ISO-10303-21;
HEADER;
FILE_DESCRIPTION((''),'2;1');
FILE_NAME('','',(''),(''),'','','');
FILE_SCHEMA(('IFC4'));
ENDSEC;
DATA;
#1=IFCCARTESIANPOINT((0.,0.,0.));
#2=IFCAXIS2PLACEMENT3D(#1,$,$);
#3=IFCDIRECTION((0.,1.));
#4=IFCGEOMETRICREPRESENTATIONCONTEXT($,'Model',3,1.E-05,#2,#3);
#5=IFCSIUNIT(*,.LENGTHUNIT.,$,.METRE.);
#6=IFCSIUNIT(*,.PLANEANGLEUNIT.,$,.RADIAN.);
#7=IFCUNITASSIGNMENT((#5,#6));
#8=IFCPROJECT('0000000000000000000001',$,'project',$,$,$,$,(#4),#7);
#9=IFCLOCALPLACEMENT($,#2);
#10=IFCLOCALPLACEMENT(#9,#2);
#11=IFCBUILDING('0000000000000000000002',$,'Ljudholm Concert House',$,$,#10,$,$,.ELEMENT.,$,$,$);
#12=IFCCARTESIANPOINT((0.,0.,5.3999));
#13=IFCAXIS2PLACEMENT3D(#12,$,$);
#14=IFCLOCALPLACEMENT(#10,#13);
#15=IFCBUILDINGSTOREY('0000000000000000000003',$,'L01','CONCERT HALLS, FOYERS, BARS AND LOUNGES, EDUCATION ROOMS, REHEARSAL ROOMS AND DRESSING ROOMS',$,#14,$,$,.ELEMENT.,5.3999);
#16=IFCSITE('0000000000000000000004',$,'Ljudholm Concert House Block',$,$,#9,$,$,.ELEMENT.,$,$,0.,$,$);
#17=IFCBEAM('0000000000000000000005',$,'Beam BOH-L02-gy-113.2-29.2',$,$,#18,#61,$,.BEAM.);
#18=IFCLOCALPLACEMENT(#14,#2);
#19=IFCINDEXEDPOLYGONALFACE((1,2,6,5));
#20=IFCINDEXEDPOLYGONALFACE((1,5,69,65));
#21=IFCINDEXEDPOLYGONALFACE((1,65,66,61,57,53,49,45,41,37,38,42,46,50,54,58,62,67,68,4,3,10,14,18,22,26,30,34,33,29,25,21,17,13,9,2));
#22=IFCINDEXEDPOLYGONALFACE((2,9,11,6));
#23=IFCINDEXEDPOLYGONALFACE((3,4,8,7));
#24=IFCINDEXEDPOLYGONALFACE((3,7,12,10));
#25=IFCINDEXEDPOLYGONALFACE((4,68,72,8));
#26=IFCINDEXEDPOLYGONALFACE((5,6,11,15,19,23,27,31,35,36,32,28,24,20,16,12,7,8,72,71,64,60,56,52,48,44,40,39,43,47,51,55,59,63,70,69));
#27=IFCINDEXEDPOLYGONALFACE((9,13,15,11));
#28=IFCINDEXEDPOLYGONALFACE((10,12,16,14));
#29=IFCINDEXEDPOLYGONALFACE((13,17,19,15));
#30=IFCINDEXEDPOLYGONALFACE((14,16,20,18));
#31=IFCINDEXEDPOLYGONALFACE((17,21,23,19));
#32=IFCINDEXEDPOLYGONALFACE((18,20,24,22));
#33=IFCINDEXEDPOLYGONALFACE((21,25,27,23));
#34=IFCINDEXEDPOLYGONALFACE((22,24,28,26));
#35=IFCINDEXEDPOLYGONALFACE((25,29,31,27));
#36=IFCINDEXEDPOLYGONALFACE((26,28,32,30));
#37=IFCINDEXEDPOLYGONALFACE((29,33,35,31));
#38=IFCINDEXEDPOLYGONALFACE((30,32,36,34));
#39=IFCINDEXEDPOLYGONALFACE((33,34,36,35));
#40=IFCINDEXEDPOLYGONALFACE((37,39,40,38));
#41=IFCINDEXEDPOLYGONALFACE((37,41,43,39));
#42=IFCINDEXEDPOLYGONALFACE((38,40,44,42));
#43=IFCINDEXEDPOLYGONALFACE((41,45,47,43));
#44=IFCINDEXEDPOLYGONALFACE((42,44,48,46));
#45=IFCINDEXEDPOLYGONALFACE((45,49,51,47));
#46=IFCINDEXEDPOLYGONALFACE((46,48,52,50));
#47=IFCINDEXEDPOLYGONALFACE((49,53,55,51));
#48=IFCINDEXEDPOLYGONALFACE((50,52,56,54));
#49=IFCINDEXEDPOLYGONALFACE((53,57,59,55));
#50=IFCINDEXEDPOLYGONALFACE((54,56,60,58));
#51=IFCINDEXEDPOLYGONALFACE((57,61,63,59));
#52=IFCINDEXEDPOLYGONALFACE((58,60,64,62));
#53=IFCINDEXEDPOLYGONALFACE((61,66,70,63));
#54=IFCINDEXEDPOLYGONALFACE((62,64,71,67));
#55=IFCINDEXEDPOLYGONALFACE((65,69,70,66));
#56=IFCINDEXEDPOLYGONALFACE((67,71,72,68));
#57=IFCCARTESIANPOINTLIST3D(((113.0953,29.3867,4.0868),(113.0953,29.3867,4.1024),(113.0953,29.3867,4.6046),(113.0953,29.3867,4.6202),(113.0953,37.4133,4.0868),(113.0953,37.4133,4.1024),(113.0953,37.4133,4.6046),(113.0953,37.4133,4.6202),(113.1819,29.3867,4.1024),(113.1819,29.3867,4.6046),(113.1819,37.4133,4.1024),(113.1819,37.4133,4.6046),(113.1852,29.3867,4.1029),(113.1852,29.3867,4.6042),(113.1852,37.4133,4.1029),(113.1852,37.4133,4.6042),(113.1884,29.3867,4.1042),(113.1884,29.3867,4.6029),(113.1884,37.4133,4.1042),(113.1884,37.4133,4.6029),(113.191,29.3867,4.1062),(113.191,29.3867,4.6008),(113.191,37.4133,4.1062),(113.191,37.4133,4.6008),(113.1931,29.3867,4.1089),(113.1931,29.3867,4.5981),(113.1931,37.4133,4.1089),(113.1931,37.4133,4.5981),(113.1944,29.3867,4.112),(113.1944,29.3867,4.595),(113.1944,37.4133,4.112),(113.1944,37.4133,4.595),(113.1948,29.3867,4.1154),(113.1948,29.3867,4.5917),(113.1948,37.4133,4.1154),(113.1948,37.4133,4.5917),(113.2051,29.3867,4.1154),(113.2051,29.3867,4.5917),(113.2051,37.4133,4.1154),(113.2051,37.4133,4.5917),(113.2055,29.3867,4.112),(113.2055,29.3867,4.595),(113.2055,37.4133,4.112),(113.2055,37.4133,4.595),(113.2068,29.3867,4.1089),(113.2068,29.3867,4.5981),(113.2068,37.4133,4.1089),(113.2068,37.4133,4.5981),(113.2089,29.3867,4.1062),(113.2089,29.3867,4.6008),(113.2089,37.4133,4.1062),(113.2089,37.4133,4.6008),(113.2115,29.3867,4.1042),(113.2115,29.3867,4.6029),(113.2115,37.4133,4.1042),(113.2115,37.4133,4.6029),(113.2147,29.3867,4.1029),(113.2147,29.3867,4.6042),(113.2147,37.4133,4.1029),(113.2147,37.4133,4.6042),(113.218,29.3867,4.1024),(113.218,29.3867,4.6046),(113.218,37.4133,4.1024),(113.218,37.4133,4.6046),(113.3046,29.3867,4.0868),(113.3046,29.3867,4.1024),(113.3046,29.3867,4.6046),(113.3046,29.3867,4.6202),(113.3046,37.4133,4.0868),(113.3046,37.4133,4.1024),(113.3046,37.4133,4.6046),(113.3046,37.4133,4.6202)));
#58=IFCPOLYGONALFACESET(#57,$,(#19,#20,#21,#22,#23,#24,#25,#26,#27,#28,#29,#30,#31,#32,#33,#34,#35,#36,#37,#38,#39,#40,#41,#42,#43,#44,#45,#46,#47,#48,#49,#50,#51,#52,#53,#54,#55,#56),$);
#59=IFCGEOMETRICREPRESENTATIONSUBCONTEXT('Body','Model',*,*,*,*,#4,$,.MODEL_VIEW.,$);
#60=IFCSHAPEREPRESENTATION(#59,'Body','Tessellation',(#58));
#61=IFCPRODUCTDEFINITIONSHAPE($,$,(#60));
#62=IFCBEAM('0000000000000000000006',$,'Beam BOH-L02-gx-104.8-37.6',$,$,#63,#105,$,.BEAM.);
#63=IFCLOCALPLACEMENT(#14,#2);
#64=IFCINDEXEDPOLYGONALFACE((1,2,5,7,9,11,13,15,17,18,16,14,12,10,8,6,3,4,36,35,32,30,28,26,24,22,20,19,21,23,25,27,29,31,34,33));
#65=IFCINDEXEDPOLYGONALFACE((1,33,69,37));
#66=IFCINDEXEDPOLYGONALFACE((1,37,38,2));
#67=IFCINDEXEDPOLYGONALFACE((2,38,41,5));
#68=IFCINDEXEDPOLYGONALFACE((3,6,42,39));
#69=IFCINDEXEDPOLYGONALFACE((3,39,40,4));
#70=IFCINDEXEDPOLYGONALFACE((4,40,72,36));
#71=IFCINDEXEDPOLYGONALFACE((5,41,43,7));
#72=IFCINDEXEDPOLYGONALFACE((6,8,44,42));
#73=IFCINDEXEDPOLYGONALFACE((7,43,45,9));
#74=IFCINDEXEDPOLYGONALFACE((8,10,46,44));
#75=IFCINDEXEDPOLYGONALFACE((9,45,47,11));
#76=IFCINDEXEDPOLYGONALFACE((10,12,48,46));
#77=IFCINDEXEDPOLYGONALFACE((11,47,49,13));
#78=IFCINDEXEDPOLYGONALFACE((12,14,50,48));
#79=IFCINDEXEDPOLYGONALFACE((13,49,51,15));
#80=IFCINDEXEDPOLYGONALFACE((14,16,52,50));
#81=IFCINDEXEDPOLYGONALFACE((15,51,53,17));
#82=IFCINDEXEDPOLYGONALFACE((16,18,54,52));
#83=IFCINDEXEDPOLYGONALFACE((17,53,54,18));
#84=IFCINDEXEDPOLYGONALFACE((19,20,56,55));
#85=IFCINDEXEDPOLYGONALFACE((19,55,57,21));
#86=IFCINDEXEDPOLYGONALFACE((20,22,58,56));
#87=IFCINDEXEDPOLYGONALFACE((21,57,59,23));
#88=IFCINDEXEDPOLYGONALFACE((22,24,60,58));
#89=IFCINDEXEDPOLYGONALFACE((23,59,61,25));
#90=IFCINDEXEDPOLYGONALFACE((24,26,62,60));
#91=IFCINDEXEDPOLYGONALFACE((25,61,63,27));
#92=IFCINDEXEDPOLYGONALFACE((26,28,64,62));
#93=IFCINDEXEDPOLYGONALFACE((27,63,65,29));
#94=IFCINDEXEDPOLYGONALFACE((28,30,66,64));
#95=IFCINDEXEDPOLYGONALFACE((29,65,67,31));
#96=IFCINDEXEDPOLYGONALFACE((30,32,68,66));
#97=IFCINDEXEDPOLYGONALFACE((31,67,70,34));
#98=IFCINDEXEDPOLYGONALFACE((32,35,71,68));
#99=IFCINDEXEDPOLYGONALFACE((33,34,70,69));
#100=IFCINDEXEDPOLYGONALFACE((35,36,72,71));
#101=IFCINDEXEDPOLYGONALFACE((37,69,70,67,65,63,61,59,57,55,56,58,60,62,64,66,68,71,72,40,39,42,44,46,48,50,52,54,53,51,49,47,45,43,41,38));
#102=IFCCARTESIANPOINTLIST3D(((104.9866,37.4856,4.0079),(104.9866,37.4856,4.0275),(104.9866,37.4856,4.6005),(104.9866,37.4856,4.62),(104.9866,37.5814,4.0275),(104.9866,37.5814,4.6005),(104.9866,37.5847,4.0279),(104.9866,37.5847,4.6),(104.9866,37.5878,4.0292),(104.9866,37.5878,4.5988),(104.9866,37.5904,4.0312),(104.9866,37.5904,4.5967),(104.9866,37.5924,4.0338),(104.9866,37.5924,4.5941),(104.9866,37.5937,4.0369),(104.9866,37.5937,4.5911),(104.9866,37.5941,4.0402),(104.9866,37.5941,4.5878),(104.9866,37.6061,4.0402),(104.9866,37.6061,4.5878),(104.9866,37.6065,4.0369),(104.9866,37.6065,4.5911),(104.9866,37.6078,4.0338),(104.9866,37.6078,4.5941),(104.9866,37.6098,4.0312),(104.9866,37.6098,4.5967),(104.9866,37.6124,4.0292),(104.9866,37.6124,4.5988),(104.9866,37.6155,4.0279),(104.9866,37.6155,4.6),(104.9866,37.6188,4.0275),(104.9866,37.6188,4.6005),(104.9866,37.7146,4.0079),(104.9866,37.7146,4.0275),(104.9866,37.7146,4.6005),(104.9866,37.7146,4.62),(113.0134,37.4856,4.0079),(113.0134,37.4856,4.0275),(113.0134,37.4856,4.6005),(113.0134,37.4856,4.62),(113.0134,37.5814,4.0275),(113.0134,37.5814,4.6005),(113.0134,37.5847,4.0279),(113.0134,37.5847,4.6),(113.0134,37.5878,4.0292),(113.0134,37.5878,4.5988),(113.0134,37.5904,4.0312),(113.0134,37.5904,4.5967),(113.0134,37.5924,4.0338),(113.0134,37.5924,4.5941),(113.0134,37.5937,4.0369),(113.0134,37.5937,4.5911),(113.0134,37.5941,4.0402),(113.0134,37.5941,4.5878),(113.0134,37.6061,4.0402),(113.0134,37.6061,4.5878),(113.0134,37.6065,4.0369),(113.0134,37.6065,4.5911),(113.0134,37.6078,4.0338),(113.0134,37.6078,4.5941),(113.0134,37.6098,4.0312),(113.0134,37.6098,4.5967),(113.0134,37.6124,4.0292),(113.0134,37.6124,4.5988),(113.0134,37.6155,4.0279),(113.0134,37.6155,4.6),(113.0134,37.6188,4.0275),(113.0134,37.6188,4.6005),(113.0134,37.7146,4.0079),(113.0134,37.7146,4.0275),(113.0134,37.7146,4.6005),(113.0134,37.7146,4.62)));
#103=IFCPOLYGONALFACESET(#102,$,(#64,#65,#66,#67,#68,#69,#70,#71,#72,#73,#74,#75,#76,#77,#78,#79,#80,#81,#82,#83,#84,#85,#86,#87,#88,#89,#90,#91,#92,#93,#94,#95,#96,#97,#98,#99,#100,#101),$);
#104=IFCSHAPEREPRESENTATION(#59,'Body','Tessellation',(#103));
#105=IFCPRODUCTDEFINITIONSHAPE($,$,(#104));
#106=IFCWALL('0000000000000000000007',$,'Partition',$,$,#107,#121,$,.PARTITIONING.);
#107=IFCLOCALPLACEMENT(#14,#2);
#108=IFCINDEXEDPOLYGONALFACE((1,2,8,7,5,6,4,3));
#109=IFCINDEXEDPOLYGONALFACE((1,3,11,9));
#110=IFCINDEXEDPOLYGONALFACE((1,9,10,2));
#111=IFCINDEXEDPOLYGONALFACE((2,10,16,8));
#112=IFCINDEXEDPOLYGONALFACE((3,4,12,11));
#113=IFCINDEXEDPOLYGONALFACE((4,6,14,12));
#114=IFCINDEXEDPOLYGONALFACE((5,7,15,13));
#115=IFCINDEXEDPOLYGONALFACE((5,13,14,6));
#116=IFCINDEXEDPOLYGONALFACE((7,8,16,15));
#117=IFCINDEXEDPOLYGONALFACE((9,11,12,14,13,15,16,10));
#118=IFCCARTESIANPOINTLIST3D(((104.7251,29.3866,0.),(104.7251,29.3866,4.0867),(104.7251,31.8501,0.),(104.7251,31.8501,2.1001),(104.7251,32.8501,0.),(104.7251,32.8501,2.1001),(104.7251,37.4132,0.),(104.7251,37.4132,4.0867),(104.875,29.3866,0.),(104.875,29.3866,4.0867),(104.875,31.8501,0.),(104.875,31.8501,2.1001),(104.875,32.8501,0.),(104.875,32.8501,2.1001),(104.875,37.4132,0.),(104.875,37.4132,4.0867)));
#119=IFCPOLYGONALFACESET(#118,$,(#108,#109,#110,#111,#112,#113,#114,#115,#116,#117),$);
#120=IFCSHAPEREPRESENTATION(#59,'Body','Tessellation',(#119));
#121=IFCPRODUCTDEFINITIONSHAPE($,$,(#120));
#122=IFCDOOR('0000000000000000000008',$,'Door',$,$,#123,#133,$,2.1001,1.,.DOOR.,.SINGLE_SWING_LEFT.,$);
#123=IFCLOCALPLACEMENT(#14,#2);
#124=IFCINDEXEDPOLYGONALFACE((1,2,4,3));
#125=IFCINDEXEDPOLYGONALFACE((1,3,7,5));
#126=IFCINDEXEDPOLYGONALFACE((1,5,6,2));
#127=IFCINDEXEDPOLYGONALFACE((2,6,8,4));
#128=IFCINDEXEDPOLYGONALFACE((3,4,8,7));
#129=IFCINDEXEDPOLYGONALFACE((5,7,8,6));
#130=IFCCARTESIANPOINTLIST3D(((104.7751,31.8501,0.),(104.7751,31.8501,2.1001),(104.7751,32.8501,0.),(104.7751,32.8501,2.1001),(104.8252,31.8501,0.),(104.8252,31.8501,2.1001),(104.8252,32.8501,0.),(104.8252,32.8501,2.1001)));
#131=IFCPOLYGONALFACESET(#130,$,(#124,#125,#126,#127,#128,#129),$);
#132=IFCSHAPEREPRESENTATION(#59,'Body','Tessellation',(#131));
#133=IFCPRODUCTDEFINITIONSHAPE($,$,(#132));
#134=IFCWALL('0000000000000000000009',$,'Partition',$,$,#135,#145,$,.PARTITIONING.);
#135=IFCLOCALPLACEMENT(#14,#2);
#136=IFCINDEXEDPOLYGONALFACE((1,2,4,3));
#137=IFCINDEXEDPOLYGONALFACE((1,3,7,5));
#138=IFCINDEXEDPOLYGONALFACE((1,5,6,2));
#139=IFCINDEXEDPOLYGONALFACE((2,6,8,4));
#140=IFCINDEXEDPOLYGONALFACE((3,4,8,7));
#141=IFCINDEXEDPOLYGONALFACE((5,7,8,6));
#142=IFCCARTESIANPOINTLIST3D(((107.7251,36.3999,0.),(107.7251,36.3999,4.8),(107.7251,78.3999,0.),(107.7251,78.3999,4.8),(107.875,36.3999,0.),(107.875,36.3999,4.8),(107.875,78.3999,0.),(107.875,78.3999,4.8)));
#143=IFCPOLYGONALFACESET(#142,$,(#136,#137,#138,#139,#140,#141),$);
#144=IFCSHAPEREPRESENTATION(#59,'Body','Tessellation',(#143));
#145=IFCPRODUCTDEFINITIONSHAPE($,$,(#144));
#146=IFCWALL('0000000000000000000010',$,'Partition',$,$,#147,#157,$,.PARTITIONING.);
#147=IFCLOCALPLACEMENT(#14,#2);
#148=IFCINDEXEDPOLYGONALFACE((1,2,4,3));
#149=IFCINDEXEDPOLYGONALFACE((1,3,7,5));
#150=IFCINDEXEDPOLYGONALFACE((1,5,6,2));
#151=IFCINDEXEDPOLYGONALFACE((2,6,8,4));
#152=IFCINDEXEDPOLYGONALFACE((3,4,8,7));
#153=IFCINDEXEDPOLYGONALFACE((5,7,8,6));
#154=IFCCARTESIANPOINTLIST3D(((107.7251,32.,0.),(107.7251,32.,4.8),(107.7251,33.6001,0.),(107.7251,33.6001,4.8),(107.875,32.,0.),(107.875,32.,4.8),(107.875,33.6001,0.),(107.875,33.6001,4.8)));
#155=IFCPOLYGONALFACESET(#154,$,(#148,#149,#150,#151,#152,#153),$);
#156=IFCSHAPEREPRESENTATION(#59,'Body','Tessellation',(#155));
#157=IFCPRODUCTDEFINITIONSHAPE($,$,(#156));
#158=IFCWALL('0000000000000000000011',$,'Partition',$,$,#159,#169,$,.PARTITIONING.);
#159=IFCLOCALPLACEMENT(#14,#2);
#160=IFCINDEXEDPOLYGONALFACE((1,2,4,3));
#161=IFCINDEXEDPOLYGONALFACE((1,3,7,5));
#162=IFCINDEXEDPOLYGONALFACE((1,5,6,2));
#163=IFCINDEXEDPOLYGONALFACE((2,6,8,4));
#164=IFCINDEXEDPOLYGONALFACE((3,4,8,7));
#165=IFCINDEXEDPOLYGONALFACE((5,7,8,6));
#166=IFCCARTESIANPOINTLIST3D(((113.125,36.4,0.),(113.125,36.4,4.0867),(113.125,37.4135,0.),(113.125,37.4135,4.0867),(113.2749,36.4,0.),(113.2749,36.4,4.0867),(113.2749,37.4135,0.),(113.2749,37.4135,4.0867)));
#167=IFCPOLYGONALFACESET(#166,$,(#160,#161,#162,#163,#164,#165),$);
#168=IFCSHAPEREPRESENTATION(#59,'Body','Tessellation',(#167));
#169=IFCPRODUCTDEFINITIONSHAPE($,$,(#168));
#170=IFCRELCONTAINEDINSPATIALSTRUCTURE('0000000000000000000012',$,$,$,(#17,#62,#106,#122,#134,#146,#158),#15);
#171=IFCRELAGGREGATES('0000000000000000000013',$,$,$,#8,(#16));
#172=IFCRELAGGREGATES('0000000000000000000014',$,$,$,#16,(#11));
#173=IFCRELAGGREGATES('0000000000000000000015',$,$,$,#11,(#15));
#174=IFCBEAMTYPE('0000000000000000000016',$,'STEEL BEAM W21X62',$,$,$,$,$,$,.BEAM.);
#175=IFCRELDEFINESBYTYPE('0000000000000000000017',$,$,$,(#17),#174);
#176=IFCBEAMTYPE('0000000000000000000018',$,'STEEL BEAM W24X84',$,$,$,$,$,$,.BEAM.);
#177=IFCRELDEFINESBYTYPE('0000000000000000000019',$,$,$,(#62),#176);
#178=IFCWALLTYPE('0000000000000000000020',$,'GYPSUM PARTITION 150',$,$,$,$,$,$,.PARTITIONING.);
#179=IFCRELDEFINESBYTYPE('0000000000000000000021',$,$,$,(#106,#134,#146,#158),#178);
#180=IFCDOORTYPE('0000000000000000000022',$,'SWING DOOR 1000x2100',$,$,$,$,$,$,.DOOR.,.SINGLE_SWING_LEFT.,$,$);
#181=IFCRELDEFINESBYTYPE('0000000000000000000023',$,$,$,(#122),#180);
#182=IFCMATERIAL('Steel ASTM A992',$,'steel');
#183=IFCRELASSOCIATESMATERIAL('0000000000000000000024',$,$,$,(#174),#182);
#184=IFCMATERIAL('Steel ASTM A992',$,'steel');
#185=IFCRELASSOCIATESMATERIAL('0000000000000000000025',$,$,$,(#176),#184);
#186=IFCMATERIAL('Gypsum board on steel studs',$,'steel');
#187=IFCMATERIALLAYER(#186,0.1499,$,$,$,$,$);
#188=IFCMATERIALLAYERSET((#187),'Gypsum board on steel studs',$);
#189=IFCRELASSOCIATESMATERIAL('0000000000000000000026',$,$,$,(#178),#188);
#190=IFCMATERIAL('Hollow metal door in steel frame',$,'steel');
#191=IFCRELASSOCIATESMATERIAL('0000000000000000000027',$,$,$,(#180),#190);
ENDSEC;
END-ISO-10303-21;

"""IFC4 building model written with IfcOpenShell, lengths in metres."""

from ifc_helpers import new_model, si_unit, direction, frame, frame_2d, origin, origin_2d, place, context, subcontext, project, spatial, rectangle, i_section, extrude, material, layer, layer_set, material_profile, profile_set, type_object, element, fill, save


model = new_model("IFC4")

# Units and contexts
model_context = context("Model", 3, precision=1e-05, world=origin(), true_north=direction((0.0, 1.0)))
body_context = subcontext(model_context, "Body", "Model", "MODEL_VIEW")
ifc_project = project(units=[si_unit("LENGTHUNIT", "METRE"), si_unit("PLANEANGLEUNIT", "RADIAN")], contexts=[model_context])

# Site, building, storey
site_placement = place(None, origin())
site = spatial("IfcSite", under=ifc_project, at=site_placement, Name="Ljudholm Concert House Block", CompositionType="ELEMENT", RefElevation=0.0)
building_placement = place(site_placement, origin())
building = spatial("IfcBuilding", under=site, at=building_placement, Name="Ljudholm Concert House", CompositionType="ELEMENT")
storey_placement = place(building_placement, frame((0.0, 0.0, 5.3999)))
storey = spatial("IfcBuildingStorey", under=building, at=storey_placement, Name="L01", Description="CONCERT HALLS, FOYERS, BARS AND LOUNGES, EDUCATION ROOMS, REHEARSAL ROOMS AND DRESSING ROOMS", CompositionType="ELEMENT", Elevation=5.3999)

# Beams
ifc_material_1 = material(Name="Steel ASTM A992", Category="steel")
ifc_material_profile_1 = material_profile(ifc_material_1, i_section(OverallWidth=0.2092, OverallDepth=0.5334, WebThickness=0.0103, FlangeThickness=0.0156, FilletRadius=0.0129, at=origin_2d()), Name="W21X62")
ifc_profile_set_1 = profile_set([ifc_material_profile_1], Name="Steel ASTM A992")
beam_type_1 = type_object("IfcBeamType", Name="STEEL BEAM W21X62", PredefinedType="BEAM", material=ifc_profile_set_1)
beam_1_placement = place(storey_placement, frame((113.2, 29.3867, 4.3535), z_axis=(0.0, 1.0, 0.0), x_axis=(-1.0, 0.0, 0.0)))
element("IfcBeam", 1, at=beam_1_placement, inside=storey, type_object=beam_type_1, Name="Beam BOH-L02-gy-113.2-29.2", PredefinedType="BEAM", context=body_context, shape_type="SweptSolid", body=[
    extrude(i_section(OverallWidth=0.2092, OverallDepth=0.5334, WebThickness=0.0103, FlangeThickness=0.0156, FilletRadius=0.0129, at=origin_2d()), origin(), (0.0, 0.0, 1.0), 8.0266),
])
ifc_material_2 = material(Name="Steel ASTM A992", Category="steel")
ifc_material_profile_2 = material_profile(ifc_material_2, i_section(OverallWidth=0.229, OverallDepth=0.6121, WebThickness=0.012, FlangeThickness=0.0195, FilletRadius=0.0127, at=origin_2d()), Name="W24X84")
ifc_profile_set_2 = profile_set([ifc_material_profile_2], Name="Steel ASTM A992")
beam_type_2 = type_object("IfcBeamType", Name="STEEL BEAM W24X84", PredefinedType="BEAM", material=ifc_profile_set_2)
beam_2_placement = place(storey_placement, frame((104.9866, 37.6001, 4.314), z_axis=(1.0, 0.0, 0.0), x_axis=(0.0, 1.0, 0.0)))
element("IfcBeam", 2, at=beam_2_placement, inside=storey, type_object=beam_type_2, Name="Beam BOH-L02-gx-104.8-37.6", PredefinedType="BEAM", context=body_context, shape_type="SweptSolid", body=[
    extrude(i_section(OverallWidth=0.229, OverallDepth=0.6121, WebThickness=0.012, FlangeThickness=0.0195, FilletRadius=0.0127, at=origin_2d()), origin(), (0.0, 0.0, 1.0), 8.0269),
])

# Wall, opening, door
ifc_material_3 = material(Name="Gypsum board on steel studs", Category="steel")
ifc_layer_1 = layer(ifc_material_3, 0.1499)
ifc_layer_set_1 = layer_set([ifc_layer_1], Name="Gypsum board on steel studs")
wall_type_1 = type_object("IfcWallType", Name="GYPSUM PARTITION 150", PredefinedType="PARTITIONING", material=ifc_layer_set_1)
wall_1_placement = place(storey_placement, frame((104.8, 29.3867, 0.0), z_axis=(0.0, 0.0, 1.0), x_axis=(0.0, 1.0, 0.0)))
wall_1 = element("IfcWall", 3, at=wall_1_placement, inside=storey, type_object=wall_type_1, Name="Partition", PredefinedType="PARTITIONING", context=body_context, shape_type="SweptSolid", body=[
    extrude(rectangle(XDim=8.0266, YDim=0.1499, at=frame_2d((4.0132, 0.0))), origin(), (0.0, 0.0, 1.0), 4.0867),
])
opening_1_placement = place(wall_1_placement, frame((2.4634, 0.0, 0.0)))
opening_1 = element("IfcOpeningElement", 4, at=opening_1_placement, cuts=wall_1, PredefinedType="OPENING", context=body_context, shape_type="SweptSolid", body=[
    extrude(rectangle(XDim=1.0, YDim=2.1001, at=frame_2d((0.5, 1.05))), frame((0.0, 0.085, 0.0), z_axis=(0.0, -1.0, 0.0), x_axis=(1.0, 0.0, 0.0)), (0.0, 0.0, 1.0), 0.1699),
])
ifc_material_4 = material(Name="Hollow metal door in steel frame", Category="steel")
door_type_1 = type_object("IfcDoorType", Name="SWING DOOR 1000x2100", OperationType="SINGLE_SWING_LEFT", PredefinedType="DOOR", material=ifc_material_4)
door_1_placement = place(opening_1_placement, origin())
door_1 = element("IfcDoor", 5, at=door_1_placement, inside=storey, type_object=door_type_1, Name="Door", OperationType="SINGLE_SWING_LEFT", OverallHeight=2.1001, OverallWidth=1.0, PredefinedType="DOOR", context=body_context, shape_type="SweptSolid", body=[
    extrude(rectangle(XDim=1.0, YDim=2.1001, at=frame_2d((0.5, 1.05))), frame((0.0, 0.0249, 0.0), z_axis=(0.0, -1.0, 0.0), x_axis=(1.0, 0.0, 0.0)), (0.0, 0.0, 1.0), 0.05),
])
fill(opening_1, door_1)

# Walls
wall_2_placement = place(storey_placement, frame((107.8, 36.3999, 0.0), z_axis=(0.0, 0.0, 1.0), x_axis=(0.0, 1.0, 0.0)))
element("IfcWall", 6, at=wall_2_placement, inside=storey, type_object=wall_type_1, Name="Partition", PredefinedType="PARTITIONING", context=body_context, shape_type="SweptSolid", body=[
    extrude(rectangle(XDim=42.0, YDim=0.1499, at=frame_2d((21.0, 0.0))), origin(), (0.0, 0.0, 1.0), 4.8),
])
wall_3_placement = place(storey_placement, frame((107.8, 32.0, 0.0), z_axis=(0.0, 0.0, 1.0), x_axis=(0.0, 1.0, 0.0)))
element("IfcWall", 7, at=wall_3_placement, inside=storey, type_object=wall_type_1, Name="Partition", PredefinedType="PARTITIONING", context=body_context, shape_type="SweptSolid", body=[
    extrude(rectangle(XDim=1.6001, YDim=0.1499, at=frame_2d((0.8, 0.0))), origin(), (0.0, 0.0, 1.0), 4.8),
])
wall_4_placement = place(storey_placement, frame((113.2, 36.3999, 0.0), z_axis=(0.0, 0.0, 1.0), x_axis=(0.0, 1.0, 0.0)))
element("IfcWall", 8, at=wall_4_placement, inside=storey, type_object=wall_type_1, Name="Partition", PredefinedType="PARTITIONING", context=body_context, shape_type="SweptSolid", body=[
    extrude(rectangle(XDim=1.0134, YDim=0.1499, at=frame_2d((0.5068, 0.0))), origin(), (0.0, 0.0, 1.0), 4.0867),
])

save(model, "model.ifc")
